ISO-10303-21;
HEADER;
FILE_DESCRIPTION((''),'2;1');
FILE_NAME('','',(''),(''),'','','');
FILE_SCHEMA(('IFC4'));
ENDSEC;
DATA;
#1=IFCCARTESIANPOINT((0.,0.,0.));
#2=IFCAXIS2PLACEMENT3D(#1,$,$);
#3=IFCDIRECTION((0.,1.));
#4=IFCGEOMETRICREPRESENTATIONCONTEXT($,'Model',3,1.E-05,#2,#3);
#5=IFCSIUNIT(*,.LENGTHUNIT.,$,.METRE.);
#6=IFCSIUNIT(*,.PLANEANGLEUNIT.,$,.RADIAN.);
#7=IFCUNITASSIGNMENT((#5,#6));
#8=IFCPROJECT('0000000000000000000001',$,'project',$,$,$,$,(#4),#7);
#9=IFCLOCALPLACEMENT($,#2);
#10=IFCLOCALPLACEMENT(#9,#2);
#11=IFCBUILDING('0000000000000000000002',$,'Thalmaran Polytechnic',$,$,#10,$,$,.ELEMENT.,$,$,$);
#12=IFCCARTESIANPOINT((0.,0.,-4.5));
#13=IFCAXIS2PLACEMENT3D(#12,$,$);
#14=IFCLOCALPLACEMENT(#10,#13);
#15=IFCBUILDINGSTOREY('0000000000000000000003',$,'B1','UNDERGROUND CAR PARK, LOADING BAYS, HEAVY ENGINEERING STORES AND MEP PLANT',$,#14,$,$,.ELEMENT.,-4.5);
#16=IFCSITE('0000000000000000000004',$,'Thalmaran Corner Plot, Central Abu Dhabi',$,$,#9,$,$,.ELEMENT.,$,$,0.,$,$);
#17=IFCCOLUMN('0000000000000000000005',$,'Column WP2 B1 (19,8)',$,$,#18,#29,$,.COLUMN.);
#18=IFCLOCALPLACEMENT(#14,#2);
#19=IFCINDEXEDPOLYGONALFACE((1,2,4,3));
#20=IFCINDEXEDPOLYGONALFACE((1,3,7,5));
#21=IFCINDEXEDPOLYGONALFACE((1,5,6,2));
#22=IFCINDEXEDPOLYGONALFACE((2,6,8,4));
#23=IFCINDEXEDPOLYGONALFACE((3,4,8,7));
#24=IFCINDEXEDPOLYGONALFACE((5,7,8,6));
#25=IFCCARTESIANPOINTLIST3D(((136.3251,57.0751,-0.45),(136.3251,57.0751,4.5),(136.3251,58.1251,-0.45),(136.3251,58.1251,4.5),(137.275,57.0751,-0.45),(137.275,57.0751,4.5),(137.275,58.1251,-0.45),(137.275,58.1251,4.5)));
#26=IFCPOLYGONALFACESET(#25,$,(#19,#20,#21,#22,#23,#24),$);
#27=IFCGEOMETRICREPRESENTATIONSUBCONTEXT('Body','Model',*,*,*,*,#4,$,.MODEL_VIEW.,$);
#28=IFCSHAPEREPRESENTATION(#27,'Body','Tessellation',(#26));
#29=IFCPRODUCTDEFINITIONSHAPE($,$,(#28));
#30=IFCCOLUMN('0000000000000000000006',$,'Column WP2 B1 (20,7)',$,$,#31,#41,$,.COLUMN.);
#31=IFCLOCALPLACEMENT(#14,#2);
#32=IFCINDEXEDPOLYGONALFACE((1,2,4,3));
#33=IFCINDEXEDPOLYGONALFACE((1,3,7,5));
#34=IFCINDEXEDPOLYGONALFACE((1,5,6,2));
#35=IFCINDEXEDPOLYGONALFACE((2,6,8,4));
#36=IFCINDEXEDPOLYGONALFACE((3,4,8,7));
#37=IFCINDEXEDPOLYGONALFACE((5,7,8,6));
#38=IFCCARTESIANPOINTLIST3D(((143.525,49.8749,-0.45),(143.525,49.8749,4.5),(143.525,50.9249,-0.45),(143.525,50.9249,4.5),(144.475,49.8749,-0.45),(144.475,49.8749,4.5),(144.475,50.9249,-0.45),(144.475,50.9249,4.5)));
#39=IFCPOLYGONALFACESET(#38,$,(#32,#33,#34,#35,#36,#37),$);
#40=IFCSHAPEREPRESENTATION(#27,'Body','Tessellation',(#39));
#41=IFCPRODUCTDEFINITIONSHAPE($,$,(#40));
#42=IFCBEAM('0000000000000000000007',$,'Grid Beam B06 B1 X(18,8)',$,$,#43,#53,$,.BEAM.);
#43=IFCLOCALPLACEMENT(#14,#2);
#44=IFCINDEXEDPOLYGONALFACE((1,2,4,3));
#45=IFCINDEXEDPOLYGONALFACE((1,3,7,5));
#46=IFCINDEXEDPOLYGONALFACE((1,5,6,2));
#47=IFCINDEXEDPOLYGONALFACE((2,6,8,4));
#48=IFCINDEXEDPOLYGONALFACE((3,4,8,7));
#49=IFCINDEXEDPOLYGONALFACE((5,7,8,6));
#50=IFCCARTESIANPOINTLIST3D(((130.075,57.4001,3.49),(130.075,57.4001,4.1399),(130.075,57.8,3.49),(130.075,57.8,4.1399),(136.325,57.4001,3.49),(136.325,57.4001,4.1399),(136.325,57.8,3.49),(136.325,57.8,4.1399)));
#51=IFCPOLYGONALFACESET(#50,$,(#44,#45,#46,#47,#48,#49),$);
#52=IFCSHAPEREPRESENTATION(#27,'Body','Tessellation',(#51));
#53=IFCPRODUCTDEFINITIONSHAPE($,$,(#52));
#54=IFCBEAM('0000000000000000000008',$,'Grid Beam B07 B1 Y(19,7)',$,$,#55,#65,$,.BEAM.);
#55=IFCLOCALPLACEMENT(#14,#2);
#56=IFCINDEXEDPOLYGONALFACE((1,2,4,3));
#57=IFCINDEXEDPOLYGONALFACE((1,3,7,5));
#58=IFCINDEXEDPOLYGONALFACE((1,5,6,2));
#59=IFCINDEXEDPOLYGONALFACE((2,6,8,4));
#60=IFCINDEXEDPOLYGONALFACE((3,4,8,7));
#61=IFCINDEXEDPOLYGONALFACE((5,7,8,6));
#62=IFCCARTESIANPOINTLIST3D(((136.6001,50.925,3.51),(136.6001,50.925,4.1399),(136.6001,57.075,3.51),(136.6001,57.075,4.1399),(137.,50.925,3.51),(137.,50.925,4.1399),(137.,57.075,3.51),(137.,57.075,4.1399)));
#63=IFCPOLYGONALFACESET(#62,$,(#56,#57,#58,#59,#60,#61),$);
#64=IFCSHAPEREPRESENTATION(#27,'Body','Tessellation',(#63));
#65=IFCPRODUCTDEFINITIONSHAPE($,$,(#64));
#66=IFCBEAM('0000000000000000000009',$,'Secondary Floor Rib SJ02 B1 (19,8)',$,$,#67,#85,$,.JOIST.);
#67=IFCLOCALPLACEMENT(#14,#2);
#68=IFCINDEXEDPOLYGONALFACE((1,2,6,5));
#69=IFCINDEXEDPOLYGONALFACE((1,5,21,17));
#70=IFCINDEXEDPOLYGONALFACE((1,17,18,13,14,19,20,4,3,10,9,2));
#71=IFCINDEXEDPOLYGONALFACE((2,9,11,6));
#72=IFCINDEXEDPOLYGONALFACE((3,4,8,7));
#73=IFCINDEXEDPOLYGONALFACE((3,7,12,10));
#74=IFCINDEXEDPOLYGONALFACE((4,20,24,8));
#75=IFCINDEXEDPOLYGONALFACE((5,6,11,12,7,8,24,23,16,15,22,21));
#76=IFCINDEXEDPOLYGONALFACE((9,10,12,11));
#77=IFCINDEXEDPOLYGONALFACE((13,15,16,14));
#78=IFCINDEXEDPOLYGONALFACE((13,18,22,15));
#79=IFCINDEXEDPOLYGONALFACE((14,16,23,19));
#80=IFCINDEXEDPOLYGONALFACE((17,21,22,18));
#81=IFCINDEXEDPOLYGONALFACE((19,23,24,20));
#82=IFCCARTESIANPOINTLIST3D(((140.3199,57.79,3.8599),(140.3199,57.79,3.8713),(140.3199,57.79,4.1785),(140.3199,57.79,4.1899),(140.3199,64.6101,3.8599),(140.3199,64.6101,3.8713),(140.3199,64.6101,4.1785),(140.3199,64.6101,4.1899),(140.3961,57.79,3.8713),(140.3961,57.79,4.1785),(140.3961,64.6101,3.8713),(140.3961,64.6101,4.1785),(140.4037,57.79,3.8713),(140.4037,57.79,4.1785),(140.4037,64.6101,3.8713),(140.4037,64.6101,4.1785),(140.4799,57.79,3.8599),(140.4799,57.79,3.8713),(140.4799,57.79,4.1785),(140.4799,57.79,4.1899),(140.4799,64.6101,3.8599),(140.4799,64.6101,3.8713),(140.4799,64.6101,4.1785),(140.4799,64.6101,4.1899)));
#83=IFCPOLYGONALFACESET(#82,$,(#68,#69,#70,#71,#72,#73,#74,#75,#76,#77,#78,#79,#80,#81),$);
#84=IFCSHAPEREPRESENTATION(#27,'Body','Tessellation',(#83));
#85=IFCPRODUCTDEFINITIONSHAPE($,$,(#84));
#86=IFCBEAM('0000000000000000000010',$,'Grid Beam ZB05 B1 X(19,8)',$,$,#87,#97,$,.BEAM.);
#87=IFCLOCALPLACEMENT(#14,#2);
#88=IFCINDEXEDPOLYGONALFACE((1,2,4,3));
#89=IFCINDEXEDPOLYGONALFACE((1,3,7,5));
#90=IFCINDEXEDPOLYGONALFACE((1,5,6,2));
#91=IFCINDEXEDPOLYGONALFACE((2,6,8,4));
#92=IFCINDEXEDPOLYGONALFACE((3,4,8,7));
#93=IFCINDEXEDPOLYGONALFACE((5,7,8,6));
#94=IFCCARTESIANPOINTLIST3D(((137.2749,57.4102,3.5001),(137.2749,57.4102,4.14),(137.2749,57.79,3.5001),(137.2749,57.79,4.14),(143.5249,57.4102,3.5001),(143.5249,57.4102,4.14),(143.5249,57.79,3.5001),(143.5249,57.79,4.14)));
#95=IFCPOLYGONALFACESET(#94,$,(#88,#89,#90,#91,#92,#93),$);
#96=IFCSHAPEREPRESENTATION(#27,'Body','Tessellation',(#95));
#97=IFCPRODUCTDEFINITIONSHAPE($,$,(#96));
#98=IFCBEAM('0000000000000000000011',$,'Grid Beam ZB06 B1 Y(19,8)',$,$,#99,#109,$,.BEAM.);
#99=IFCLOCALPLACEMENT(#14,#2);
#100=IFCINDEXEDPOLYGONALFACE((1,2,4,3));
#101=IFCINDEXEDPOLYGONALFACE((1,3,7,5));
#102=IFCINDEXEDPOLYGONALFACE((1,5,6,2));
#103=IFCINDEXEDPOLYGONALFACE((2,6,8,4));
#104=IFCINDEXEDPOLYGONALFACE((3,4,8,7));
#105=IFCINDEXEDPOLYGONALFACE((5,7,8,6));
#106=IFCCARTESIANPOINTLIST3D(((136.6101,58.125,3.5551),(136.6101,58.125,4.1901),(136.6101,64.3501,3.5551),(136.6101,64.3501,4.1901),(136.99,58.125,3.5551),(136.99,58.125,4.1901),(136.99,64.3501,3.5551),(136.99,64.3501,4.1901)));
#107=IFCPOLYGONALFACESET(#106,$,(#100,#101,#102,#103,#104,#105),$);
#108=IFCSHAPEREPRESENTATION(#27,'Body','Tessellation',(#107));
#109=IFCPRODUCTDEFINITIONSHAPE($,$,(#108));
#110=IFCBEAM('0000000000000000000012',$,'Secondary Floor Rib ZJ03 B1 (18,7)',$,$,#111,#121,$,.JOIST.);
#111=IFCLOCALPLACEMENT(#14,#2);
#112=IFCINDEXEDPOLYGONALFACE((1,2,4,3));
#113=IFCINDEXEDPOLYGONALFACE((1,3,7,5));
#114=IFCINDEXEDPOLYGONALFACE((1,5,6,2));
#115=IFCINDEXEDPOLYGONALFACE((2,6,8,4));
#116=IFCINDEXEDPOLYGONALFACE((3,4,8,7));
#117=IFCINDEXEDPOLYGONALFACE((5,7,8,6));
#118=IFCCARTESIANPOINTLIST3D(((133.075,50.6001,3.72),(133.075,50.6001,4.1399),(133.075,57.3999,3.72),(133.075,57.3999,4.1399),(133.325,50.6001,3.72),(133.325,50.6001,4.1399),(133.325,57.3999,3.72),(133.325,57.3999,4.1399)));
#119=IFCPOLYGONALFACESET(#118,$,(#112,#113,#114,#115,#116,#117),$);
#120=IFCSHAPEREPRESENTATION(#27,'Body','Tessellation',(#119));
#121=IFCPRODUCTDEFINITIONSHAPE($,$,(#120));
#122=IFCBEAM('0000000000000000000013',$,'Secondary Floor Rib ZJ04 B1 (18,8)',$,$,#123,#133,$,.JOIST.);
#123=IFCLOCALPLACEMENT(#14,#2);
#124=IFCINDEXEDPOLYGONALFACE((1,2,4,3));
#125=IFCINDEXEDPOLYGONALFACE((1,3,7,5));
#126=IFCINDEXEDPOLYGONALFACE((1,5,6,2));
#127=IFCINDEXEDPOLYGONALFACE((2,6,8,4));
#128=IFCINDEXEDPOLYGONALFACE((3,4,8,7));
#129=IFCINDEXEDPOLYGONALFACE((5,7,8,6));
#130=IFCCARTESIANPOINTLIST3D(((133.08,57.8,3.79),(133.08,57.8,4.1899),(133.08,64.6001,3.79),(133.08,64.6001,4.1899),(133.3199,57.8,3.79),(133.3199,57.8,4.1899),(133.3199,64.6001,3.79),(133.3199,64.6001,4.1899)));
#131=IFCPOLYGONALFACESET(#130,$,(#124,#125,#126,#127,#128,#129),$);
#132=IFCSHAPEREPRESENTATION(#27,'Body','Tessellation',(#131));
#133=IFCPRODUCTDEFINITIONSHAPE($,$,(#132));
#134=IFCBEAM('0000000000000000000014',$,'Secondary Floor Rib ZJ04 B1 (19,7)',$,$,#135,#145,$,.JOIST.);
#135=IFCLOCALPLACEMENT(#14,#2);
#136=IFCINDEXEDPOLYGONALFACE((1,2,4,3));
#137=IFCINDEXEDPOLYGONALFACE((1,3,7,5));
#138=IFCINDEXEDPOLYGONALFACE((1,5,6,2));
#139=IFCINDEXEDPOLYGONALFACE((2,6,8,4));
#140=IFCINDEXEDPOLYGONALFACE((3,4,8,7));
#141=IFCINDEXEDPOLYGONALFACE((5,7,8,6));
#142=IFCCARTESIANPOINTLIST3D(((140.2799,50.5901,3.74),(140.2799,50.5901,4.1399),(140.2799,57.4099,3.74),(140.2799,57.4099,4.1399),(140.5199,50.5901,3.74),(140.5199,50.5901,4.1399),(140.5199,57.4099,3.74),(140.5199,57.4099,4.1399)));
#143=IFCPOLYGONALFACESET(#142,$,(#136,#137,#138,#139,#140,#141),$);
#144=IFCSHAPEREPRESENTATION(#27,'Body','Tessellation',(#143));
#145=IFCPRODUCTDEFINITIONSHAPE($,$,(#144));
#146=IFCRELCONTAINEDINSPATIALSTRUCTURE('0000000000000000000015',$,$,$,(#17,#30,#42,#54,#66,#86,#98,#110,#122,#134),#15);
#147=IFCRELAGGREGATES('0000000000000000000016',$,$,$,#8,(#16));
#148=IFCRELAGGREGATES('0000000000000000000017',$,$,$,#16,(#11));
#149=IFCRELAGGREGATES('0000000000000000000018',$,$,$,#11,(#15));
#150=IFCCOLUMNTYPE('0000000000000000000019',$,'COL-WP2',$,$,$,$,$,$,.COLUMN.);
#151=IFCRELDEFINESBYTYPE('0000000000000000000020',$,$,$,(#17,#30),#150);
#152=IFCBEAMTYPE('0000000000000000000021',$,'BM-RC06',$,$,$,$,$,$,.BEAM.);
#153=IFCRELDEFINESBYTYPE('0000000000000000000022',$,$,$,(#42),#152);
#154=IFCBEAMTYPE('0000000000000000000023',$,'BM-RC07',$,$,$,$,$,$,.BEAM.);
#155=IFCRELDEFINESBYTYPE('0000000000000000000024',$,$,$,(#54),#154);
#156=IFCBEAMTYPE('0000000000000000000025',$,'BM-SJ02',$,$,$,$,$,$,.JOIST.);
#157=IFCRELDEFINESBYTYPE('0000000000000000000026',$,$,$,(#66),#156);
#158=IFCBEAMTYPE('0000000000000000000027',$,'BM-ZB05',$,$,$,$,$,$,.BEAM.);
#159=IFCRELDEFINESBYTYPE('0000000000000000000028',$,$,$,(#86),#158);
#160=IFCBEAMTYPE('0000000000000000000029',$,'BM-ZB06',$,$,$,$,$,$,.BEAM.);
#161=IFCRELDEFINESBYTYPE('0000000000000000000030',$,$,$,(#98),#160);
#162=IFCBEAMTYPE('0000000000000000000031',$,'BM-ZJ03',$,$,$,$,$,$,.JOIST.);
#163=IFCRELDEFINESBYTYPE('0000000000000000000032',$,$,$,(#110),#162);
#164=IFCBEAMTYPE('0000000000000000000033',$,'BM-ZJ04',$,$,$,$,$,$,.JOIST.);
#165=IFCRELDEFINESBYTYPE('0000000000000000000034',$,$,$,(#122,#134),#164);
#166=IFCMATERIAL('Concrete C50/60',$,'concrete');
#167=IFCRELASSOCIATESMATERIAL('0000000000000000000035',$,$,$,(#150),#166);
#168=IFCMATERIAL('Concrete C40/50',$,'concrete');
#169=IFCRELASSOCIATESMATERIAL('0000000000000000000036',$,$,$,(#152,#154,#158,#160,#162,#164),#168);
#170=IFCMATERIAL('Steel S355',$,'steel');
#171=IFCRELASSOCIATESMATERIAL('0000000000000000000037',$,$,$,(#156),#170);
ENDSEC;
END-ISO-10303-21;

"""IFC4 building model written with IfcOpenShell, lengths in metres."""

from ifc_helpers import new_model, si_unit, direction, frame, origin, origin_2d, place, context, subcontext, project, spatial, rectangle, i_section, extrude, material, material_profile, profile_set, type_object, element, save


model = new_model("IFC4")

# Units and contexts
model_context = context("Model", 3, precision=1e-05, world=origin(), true_north=direction((0.0, 1.0)))
body_context = subcontext(model_context, "Body", "Model", "MODEL_VIEW")
ifc_project = project(units=[si_unit("LENGTHUNIT", "METRE"), si_unit("PLANEANGLEUNIT", "RADIAN")], contexts=[model_context])

# Site, building, storey
site_placement = place(None, origin())
site = spatial("IfcSite", under=ifc_project, at=site_placement, Name="Thalmaran Corner Plot, Central Abu Dhabi", CompositionType="ELEMENT", RefElevation=0.0)
building_placement = place(site_placement, origin())
building = spatial("IfcBuilding", under=site, at=building_placement, Name="Thalmaran Polytechnic", CompositionType="ELEMENT")
storey_placement = place(building_placement, frame((0.0, 0.0, -4.5)))
storey = spatial("IfcBuildingStorey", under=building, at=storey_placement, Name="B1", Description="UNDERGROUND CAR PARK, LOADING BAYS, HEAVY ENGINEERING STORES AND MEP PLANT", CompositionType="ELEMENT", Elevation=-4.5)

# Shared definitions
ifc_material_1 = material(Name="Concrete C40/50", Category="concrete")

# Columns
ifc_material_2 = material(Name="Concrete C50/60", Category="concrete")
ifc_material_profile_1 = material_profile(ifc_material_2, rectangle(XDim=0.95, YDim=1.05, at=origin_2d()), Name="RC 950x1050")
ifc_profile_set_1 = profile_set([ifc_material_profile_1], Name="Concrete C50/60")
column_type = type_object("IfcColumnType", Name="COL-WP2", PredefinedType="COLUMN", material=ifc_profile_set_1)
for number, where, z_axis, x_axis, name in (
    (1, (136.8, 57.6001, -0.45), (0.0, 0.0, 1.0), (1.0, 0.0, 0.0), "Column WP2 B1 (19,8)"),
    (2, (144.0, 50.3999, -0.45), (0.0, 0.0, 1.0), (1.0, 0.0, 0.0), "Column WP2 B1 (20,7)"),
):
    element("IfcColumn", number, at=place(storey_placement, frame(where, z_axis=z_axis, x_axis=x_axis)), inside=storey, type_object=column_type, Name=name, PredefinedType="COLUMN", context=body_context, shape_type="SweptSolid", body=[
        extrude(rectangle(XDim=0.95, YDim=1.05, at=origin_2d()), origin(), (0.0, 0.0, 1.0), 4.95),
    ])

# Beams
ifc_material_profile_2 = material_profile(ifc_material_1, rectangle(XDim=0.3999, YDim=0.6499, at=origin_2d()), Name="RC 400x650")
ifc_profile_set_2 = profile_set([ifc_material_profile_2], Name="Concrete C40/50")
beam_type_1 = type_object("IfcBeamType", Name="BM-RC06", PredefinedType="BEAM", material=ifc_profile_set_2)
beam_1_placement = place(storey_placement, frame((130.075, 57.6001, 3.8149), z_axis=(1.0, 0.0, 0.0), x_axis=(0.0, 1.0, 0.0)))
element("IfcBeam", 3, at=beam_1_placement, inside=storey, type_object=beam_type_1, Name="Grid Beam B06 B1 X(18,8)", PredefinedType="BEAM", context=body_context, shape_type="SweptSolid", body=[
    extrude(rectangle(XDim=0.3999, YDim=0.6499, at=origin_2d()), origin(), (0.0, 0.0, 1.0), 6.25),
])
ifc_material_profile_3 = material_profile(ifc_material_1, rectangle(XDim=0.3999, YDim=0.6299, at=origin_2d()), Name="RC 400x630")
ifc_profile_set_3 = profile_set([ifc_material_profile_3], Name="Concrete C40/50")
beam_type_2 = type_object("IfcBeamType", Name="BM-RC07", PredefinedType="BEAM", material=ifc_profile_set_3)
beam_2_placement = place(storey_placement, frame((136.8, 50.925, 3.825), z_axis=(0.0, 1.0, 0.0), x_axis=(-1.0, 0.0, 0.0)))
element("IfcBeam", 4, at=beam_2_placement, inside=storey, type_object=beam_type_2, Name="Grid Beam B07 B1 Y(19,7)", PredefinedType="BEAM", context=body_context, shape_type="SweptSolid", body=[
    extrude(rectangle(XDim=0.3999, YDim=0.6299, at=origin_2d()), origin(), (0.0, 0.0, 1.0), 6.1499),
])
ifc_material_3 = material(Name="Steel S355", Category="steel")
ifc_material_profile_4 = material_profile(ifc_material_3, i_section(OverallWidth=0.1599, OverallDepth=0.3301, WebThickness=0.0076, FlangeThickness=0.0115, at=origin_2d()), Name="IPE 330")
ifc_profile_set_4 = profile_set([ifc_material_profile_4], Name="Steel S355")
beam_type_3 = type_object("IfcBeamType", Name="BM-SJ02", PredefinedType="JOIST", material=ifc_profile_set_4)
beam_3_placement = place(storey_placement, frame((140.3999, 57.79, 4.0249), z_axis=(0.0, 1.0, 0.0), x_axis=(-1.0, 0.0, 0.0)))
element("IfcBeam", 5, at=beam_3_placement, inside=storey, type_object=beam_type_3, Name="Secondary Floor Rib SJ02 B1 (19,8)", PredefinedType="JOIST", context=body_context, shape_type="SweptSolid", body=[
    extrude(i_section(OverallWidth=0.1599, OverallDepth=0.3301, WebThickness=0.0076, FlangeThickness=0.0115, at=origin_2d()), origin(), (0.0, 0.0, 1.0), 6.8201),
])
ifc_material_profile_5 = material_profile(ifc_material_1, rectangle(XDim=0.3799, YDim=0.6399, at=origin_2d()), Name="RC 380x640")
ifc_profile_set_5 = profile_set([ifc_material_profile_5], Name="Concrete C40/50")
beam_type_4 = type_object("IfcBeamType", Name="BM-ZB05", PredefinedType="BEAM", material=ifc_profile_set_5)
beam_4_placement = place(storey_placement, frame((137.2749, 57.6001, 3.8201), z_axis=(1.0, 0.0, 0.0), x_axis=(0.0, 1.0, 0.0)))
element("IfcBeam", 6, at=beam_4_placement, inside=storey, type_object=beam_type_4, Name="Grid Beam ZB05 B1 X(19,8)", PredefinedType="BEAM", context=body_context, shape_type="SweptSolid", body=[
    extrude(rectangle(XDim=0.3799, YDim=0.6399, at=origin_2d()), origin(), (0.0, 0.0, 1.0), 6.25),
])
ifc_material_profile_6 = material_profile(ifc_material_1, rectangle(XDim=0.3799, YDim=0.635, at=origin_2d()), Name="RC 380x635")
ifc_profile_set_6 = profile_set([ifc_material_profile_6], Name="Concrete C40/50")
beam_type_5 = type_object("IfcBeamType", Name="BM-ZB06", PredefinedType="BEAM", material=ifc_profile_set_6)
beam_5_placement = place(storey_placement, frame((136.8, 58.125, 3.8726), z_axis=(0.0, 1.0, 0.0), x_axis=(-1.0, 0.0, 0.0)))
element("IfcBeam", 7, at=beam_5_placement, inside=storey, type_object=beam_type_5, Name="Grid Beam ZB06 B1 Y(19,8)", PredefinedType="BEAM", context=body_context, shape_type="SweptSolid", body=[
    extrude(rectangle(XDim=0.3799, YDim=0.635, at=origin_2d()), origin(), (0.0, 0.0, 1.0), 6.2251),
])
ifc_material_profile_7 = material_profile(ifc_material_1, rectangle(XDim=0.25, YDim=0.4199, at=origin_2d()), Name="RC 250x420")
ifc_profile_set_7 = profile_set([ifc_material_profile_7], Name="Concrete C40/50")
beam_type_6 = type_object("IfcBeamType", Name="BM-ZJ03", PredefinedType="JOIST", material=ifc_profile_set_7)
beam_6_placement = place(storey_placement, frame((133.2, 50.6001, 3.9299), z_axis=(0.0, 1.0, 0.0), x_axis=(-1.0, 0.0, 0.0)))
element("IfcBeam", 8, at=beam_6_placement, inside=storey, type_object=beam_type_6, Name="Secondary Floor Rib ZJ03 B1 (18,7)", PredefinedType="JOIST", context=body_context, shape_type="SweptSolid", body=[
    extrude(rectangle(XDim=0.25, YDim=0.4199, at=origin_2d()), origin(), (0.0, 0.0, 1.0), 6.7998),
])
ifc_material_profile_8 = material_profile(ifc_material_1, rectangle(XDim=0.24, YDim=0.3999, at=origin_2d()), Name="RC 240x400")
ifc_profile_set_8 = profile_set([ifc_material_profile_8], Name="Concrete C40/50")
beam_type_7 = type_object("IfcBeamType", Name="BM-ZJ04", PredefinedType="JOIST", material=ifc_profile_set_8)
beam_7_placement = place(storey_placement, frame((133.2, 57.8, 3.99), z_axis=(0.0, 1.0, 0.0), x_axis=(-1.0, 0.0, 0.0)))
element("IfcBeam", 9, at=beam_7_placement, inside=storey, type_object=beam_type_7, Name="Secondary Floor Rib ZJ04 B1 (18,8)", PredefinedType="JOIST", context=body_context, shape_type="SweptSolid", body=[
    extrude(rectangle(XDim=0.24, YDim=0.3999, at=origin_2d()), origin(), (0.0, 0.0, 1.0), 6.8),
])
beam_8_placement = place(storey_placement, frame((140.3999, 50.5901, 3.9399), z_axis=(0.0, 1.0, 0.0), x_axis=(-1.0, 0.0, 0.0)))
element("IfcBeam", 10, at=beam_8_placement, inside=storey, type_object=beam_type_7, Name="Secondary Floor Rib ZJ04 B1 (19,7)", PredefinedType="JOIST", context=body_context, shape_type="SweptSolid", body=[
    extrude(rectangle(XDim=0.24, YDim=0.3999, at=origin_2d()), origin(), (0.0, 0.0, 1.0), 6.8198),
])

save(model, "model.ifc")
